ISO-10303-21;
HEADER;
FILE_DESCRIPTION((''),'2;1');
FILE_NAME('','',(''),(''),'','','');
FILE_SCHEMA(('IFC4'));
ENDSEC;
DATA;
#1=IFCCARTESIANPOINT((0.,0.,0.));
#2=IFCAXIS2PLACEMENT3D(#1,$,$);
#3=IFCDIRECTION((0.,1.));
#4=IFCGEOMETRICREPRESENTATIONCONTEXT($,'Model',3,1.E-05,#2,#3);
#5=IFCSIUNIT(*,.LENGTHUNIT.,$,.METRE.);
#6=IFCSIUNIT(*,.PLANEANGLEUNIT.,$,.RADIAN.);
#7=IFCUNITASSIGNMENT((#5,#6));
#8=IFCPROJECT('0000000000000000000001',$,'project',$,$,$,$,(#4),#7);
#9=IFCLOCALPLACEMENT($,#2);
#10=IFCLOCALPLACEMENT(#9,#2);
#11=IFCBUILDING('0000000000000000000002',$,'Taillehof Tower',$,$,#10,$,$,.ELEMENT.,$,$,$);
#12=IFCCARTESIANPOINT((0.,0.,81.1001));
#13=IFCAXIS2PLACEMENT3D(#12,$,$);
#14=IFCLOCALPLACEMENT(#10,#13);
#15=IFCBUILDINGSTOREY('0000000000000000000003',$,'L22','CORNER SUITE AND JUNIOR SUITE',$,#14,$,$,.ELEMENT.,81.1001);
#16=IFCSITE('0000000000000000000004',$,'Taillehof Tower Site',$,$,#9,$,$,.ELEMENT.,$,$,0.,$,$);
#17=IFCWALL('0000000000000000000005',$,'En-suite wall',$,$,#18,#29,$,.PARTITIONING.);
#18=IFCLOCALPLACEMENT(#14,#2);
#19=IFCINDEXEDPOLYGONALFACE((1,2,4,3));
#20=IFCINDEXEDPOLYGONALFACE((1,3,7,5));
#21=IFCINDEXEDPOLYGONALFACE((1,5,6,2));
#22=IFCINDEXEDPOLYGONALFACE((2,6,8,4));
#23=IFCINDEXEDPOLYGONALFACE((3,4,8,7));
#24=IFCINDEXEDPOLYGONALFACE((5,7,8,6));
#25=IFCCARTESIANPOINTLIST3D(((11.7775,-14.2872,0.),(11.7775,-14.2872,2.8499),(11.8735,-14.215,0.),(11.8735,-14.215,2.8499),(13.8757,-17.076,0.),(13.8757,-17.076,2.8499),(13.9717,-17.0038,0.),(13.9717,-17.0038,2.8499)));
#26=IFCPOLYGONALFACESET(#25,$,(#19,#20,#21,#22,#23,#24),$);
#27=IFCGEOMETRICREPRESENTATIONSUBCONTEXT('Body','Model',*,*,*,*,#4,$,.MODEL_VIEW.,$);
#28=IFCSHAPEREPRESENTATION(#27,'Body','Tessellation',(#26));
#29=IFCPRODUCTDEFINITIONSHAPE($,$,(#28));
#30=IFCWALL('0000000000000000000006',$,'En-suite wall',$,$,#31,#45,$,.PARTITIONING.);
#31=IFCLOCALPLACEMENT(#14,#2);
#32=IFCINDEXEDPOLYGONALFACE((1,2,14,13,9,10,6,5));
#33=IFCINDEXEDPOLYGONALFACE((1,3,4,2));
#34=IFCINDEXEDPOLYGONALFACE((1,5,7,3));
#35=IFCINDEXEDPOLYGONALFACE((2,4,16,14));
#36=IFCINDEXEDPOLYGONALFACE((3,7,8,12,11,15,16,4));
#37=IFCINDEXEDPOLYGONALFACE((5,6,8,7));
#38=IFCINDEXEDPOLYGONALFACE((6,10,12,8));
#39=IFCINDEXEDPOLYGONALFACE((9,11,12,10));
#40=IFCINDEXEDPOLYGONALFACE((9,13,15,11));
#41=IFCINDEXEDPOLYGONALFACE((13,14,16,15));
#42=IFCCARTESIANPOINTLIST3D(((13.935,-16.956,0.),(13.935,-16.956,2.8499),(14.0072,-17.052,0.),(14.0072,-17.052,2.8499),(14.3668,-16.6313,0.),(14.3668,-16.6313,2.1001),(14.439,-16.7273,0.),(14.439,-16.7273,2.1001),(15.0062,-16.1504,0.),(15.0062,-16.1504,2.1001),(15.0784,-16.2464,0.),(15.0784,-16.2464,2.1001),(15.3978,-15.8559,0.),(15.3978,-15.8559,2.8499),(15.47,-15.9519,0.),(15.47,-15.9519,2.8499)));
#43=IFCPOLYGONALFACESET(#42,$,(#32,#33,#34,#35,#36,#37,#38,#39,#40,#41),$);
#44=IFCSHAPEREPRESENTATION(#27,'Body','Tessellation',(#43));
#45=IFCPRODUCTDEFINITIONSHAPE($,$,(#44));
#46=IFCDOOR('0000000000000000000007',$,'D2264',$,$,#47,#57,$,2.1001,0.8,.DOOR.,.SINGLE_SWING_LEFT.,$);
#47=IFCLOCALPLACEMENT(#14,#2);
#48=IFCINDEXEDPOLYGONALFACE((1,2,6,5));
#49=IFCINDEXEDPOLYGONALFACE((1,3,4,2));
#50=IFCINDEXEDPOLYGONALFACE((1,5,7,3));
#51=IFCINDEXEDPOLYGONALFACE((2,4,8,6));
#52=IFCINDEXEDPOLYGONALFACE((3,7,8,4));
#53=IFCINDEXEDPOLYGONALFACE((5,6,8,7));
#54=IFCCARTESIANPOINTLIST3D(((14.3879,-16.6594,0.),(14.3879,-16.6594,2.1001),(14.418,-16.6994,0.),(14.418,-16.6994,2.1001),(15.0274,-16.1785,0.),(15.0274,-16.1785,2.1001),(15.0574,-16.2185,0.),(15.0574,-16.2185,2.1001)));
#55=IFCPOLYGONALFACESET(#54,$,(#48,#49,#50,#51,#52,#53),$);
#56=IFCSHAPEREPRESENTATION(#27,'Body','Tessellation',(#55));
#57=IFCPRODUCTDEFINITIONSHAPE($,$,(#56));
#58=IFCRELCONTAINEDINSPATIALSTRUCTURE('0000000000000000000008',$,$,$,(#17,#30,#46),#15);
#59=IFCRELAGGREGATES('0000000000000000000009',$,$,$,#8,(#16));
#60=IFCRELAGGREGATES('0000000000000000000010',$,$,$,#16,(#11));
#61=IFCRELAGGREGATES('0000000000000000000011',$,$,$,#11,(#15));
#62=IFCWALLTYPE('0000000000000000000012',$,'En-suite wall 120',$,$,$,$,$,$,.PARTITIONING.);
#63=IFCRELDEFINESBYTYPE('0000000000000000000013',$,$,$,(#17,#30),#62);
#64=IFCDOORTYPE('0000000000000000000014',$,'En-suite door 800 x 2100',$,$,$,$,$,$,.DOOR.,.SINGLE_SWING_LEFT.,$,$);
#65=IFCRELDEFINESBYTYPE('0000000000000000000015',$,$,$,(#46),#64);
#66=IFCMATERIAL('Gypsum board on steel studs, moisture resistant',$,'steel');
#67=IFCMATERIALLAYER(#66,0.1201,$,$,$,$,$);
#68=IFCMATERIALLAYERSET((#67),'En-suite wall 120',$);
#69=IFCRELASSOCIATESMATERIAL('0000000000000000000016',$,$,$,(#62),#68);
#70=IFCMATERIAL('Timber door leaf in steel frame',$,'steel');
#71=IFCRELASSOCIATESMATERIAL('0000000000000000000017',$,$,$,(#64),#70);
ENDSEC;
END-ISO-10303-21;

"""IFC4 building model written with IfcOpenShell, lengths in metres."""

from ifc_helpers import new_model, si_unit, direction, frame, frame_2d, origin, place, context, subcontext, project, spatial, rectangle, extrude, material, layer, layer_set, type_object, element, fill, save


model = new_model("IFC4")

# Units and contexts
model_context = context("Model", 3, precision=1e-05, world=origin(), true_north=direction((0.0, 1.0)))
body_context = subcontext(model_context, "Body", "Model", "MODEL_VIEW")
ifc_project = project(units=[si_unit("LENGTHUNIT", "METRE"), si_unit("PLANEANGLEUNIT", "RADIAN")], contexts=[model_context])

# Site, building, storey
site_placement = place(None, origin())
site = spatial("IfcSite", under=ifc_project, at=site_placement, Name="Taillehof Tower Site", CompositionType="ELEMENT", RefElevation=0.0)
building_placement = place(site_placement, origin())
building = spatial("IfcBuilding", under=site, at=building_placement, Name="Taillehof Tower", CompositionType="ELEMENT")
storey_placement = place(building_placement, frame((0.0, 0.0, 81.1001)))
storey = spatial("IfcBuildingStorey", under=building, at=storey_placement, Name="L22", Description="CORNER SUITE AND JUNIOR SUITE", CompositionType="ELEMENT", Elevation=81.1001)

# Wall
ifc_material_1 = material(Name="Gypsum board on steel studs, moisture resistant", Category="steel")
ifc_layer_1 = layer(ifc_material_1, 0.1201)
ifc_layer_set_1 = layer_set([ifc_layer_1], Name="En-suite wall 120")
wall_type_1 = type_object("IfcWallType", Name="En-suite wall 120", PredefinedType="PARTITIONING", material=ifc_layer_set_1)
wall_1_placement = place(storey_placement, frame((11.8254, -14.251, 0.0), z_axis=(0.0, 0.0, 1.0), x_axis=(0.601197, -0.799101, 0.0)))
element("IfcWall", 1, at=wall_1_placement, inside=storey, type_object=wall_type_1, Name="En-suite wall", PredefinedType="PARTITIONING", context=body_context, shape_type="SweptSolid", body=[
    extrude(rectangle(XDim=3.49, YDim=0.1201, at=frame_2d((1.7451, 0.0))), origin(), (0.0, 0.0, 1.0), 2.8499),
])

# Wall, opening, door
wall_2_placement = place(storey_placement, frame((13.9712, -17.0039, 0.0), z_axis=(0.0, 0.0, 1.0), x_axis=(0.799231, 0.601024, 0.0)))
wall_2 = element("IfcWall", 2, at=wall_2_placement, inside=storey, type_object=wall_type_1, Name="En-suite wall", PredefinedType="PARTITIONING", context=body_context, shape_type="SweptSolid", body=[
    extrude(rectangle(XDim=1.8303, YDim=0.1201, at=frame_2d((0.915, 0.0))), origin(), (0.0, 0.0, 1.0), 2.8499),
])
opening_1_placement = place(wall_2_placement, frame((0.5403, 0.0, 0.0)))
opening_1 = element("IfcOpeningElement", 3, at=opening_1_placement, cuts=wall_2, PredefinedType="OPENING", context=body_context, shape_type="SweptSolid", body=[
    extrude(rectangle(XDim=0.8, YDim=2.1001, at=frame_2d((0.3999, 1.05))), frame((0.0, 0.0701, 0.0), z_axis=(0.0, -1.0, 0.0), x_axis=(1.0, 0.0, 0.0)), (0.0, 0.0, 1.0), 0.1401),
])
ifc_material_2 = material(Name="Timber door leaf in steel frame", Category="steel")
door_type_1 = type_object("IfcDoorType", Name="En-suite door 800 x 2100", OperationType="SINGLE_SWING_LEFT", PredefinedType="DOOR", material=ifc_material_2)
door_1_placement = place(opening_1_placement, origin())
door_1 = element("IfcDoor", 4, at=door_1_placement, inside=storey, type_object=door_type_1, Name="D2264", OperationType="SINGLE_SWING_LEFT", OverallHeight=2.1001, OverallWidth=0.8, PredefinedType="DOOR", context=body_context, shape_type="SweptSolid", body=[
    extrude(rectangle(XDim=0.8, YDim=2.1001, at=frame_2d((0.3999, 1.05))), frame((0.0, 0.0249, 0.0), z_axis=(0.0, -1.0, 0.0), x_axis=(1.0, 0.0, 0.0)), (0.0, 0.0, 1.0), 0.05),
])
fill(opening_1, door_1)

save(model, "model.ifc")
